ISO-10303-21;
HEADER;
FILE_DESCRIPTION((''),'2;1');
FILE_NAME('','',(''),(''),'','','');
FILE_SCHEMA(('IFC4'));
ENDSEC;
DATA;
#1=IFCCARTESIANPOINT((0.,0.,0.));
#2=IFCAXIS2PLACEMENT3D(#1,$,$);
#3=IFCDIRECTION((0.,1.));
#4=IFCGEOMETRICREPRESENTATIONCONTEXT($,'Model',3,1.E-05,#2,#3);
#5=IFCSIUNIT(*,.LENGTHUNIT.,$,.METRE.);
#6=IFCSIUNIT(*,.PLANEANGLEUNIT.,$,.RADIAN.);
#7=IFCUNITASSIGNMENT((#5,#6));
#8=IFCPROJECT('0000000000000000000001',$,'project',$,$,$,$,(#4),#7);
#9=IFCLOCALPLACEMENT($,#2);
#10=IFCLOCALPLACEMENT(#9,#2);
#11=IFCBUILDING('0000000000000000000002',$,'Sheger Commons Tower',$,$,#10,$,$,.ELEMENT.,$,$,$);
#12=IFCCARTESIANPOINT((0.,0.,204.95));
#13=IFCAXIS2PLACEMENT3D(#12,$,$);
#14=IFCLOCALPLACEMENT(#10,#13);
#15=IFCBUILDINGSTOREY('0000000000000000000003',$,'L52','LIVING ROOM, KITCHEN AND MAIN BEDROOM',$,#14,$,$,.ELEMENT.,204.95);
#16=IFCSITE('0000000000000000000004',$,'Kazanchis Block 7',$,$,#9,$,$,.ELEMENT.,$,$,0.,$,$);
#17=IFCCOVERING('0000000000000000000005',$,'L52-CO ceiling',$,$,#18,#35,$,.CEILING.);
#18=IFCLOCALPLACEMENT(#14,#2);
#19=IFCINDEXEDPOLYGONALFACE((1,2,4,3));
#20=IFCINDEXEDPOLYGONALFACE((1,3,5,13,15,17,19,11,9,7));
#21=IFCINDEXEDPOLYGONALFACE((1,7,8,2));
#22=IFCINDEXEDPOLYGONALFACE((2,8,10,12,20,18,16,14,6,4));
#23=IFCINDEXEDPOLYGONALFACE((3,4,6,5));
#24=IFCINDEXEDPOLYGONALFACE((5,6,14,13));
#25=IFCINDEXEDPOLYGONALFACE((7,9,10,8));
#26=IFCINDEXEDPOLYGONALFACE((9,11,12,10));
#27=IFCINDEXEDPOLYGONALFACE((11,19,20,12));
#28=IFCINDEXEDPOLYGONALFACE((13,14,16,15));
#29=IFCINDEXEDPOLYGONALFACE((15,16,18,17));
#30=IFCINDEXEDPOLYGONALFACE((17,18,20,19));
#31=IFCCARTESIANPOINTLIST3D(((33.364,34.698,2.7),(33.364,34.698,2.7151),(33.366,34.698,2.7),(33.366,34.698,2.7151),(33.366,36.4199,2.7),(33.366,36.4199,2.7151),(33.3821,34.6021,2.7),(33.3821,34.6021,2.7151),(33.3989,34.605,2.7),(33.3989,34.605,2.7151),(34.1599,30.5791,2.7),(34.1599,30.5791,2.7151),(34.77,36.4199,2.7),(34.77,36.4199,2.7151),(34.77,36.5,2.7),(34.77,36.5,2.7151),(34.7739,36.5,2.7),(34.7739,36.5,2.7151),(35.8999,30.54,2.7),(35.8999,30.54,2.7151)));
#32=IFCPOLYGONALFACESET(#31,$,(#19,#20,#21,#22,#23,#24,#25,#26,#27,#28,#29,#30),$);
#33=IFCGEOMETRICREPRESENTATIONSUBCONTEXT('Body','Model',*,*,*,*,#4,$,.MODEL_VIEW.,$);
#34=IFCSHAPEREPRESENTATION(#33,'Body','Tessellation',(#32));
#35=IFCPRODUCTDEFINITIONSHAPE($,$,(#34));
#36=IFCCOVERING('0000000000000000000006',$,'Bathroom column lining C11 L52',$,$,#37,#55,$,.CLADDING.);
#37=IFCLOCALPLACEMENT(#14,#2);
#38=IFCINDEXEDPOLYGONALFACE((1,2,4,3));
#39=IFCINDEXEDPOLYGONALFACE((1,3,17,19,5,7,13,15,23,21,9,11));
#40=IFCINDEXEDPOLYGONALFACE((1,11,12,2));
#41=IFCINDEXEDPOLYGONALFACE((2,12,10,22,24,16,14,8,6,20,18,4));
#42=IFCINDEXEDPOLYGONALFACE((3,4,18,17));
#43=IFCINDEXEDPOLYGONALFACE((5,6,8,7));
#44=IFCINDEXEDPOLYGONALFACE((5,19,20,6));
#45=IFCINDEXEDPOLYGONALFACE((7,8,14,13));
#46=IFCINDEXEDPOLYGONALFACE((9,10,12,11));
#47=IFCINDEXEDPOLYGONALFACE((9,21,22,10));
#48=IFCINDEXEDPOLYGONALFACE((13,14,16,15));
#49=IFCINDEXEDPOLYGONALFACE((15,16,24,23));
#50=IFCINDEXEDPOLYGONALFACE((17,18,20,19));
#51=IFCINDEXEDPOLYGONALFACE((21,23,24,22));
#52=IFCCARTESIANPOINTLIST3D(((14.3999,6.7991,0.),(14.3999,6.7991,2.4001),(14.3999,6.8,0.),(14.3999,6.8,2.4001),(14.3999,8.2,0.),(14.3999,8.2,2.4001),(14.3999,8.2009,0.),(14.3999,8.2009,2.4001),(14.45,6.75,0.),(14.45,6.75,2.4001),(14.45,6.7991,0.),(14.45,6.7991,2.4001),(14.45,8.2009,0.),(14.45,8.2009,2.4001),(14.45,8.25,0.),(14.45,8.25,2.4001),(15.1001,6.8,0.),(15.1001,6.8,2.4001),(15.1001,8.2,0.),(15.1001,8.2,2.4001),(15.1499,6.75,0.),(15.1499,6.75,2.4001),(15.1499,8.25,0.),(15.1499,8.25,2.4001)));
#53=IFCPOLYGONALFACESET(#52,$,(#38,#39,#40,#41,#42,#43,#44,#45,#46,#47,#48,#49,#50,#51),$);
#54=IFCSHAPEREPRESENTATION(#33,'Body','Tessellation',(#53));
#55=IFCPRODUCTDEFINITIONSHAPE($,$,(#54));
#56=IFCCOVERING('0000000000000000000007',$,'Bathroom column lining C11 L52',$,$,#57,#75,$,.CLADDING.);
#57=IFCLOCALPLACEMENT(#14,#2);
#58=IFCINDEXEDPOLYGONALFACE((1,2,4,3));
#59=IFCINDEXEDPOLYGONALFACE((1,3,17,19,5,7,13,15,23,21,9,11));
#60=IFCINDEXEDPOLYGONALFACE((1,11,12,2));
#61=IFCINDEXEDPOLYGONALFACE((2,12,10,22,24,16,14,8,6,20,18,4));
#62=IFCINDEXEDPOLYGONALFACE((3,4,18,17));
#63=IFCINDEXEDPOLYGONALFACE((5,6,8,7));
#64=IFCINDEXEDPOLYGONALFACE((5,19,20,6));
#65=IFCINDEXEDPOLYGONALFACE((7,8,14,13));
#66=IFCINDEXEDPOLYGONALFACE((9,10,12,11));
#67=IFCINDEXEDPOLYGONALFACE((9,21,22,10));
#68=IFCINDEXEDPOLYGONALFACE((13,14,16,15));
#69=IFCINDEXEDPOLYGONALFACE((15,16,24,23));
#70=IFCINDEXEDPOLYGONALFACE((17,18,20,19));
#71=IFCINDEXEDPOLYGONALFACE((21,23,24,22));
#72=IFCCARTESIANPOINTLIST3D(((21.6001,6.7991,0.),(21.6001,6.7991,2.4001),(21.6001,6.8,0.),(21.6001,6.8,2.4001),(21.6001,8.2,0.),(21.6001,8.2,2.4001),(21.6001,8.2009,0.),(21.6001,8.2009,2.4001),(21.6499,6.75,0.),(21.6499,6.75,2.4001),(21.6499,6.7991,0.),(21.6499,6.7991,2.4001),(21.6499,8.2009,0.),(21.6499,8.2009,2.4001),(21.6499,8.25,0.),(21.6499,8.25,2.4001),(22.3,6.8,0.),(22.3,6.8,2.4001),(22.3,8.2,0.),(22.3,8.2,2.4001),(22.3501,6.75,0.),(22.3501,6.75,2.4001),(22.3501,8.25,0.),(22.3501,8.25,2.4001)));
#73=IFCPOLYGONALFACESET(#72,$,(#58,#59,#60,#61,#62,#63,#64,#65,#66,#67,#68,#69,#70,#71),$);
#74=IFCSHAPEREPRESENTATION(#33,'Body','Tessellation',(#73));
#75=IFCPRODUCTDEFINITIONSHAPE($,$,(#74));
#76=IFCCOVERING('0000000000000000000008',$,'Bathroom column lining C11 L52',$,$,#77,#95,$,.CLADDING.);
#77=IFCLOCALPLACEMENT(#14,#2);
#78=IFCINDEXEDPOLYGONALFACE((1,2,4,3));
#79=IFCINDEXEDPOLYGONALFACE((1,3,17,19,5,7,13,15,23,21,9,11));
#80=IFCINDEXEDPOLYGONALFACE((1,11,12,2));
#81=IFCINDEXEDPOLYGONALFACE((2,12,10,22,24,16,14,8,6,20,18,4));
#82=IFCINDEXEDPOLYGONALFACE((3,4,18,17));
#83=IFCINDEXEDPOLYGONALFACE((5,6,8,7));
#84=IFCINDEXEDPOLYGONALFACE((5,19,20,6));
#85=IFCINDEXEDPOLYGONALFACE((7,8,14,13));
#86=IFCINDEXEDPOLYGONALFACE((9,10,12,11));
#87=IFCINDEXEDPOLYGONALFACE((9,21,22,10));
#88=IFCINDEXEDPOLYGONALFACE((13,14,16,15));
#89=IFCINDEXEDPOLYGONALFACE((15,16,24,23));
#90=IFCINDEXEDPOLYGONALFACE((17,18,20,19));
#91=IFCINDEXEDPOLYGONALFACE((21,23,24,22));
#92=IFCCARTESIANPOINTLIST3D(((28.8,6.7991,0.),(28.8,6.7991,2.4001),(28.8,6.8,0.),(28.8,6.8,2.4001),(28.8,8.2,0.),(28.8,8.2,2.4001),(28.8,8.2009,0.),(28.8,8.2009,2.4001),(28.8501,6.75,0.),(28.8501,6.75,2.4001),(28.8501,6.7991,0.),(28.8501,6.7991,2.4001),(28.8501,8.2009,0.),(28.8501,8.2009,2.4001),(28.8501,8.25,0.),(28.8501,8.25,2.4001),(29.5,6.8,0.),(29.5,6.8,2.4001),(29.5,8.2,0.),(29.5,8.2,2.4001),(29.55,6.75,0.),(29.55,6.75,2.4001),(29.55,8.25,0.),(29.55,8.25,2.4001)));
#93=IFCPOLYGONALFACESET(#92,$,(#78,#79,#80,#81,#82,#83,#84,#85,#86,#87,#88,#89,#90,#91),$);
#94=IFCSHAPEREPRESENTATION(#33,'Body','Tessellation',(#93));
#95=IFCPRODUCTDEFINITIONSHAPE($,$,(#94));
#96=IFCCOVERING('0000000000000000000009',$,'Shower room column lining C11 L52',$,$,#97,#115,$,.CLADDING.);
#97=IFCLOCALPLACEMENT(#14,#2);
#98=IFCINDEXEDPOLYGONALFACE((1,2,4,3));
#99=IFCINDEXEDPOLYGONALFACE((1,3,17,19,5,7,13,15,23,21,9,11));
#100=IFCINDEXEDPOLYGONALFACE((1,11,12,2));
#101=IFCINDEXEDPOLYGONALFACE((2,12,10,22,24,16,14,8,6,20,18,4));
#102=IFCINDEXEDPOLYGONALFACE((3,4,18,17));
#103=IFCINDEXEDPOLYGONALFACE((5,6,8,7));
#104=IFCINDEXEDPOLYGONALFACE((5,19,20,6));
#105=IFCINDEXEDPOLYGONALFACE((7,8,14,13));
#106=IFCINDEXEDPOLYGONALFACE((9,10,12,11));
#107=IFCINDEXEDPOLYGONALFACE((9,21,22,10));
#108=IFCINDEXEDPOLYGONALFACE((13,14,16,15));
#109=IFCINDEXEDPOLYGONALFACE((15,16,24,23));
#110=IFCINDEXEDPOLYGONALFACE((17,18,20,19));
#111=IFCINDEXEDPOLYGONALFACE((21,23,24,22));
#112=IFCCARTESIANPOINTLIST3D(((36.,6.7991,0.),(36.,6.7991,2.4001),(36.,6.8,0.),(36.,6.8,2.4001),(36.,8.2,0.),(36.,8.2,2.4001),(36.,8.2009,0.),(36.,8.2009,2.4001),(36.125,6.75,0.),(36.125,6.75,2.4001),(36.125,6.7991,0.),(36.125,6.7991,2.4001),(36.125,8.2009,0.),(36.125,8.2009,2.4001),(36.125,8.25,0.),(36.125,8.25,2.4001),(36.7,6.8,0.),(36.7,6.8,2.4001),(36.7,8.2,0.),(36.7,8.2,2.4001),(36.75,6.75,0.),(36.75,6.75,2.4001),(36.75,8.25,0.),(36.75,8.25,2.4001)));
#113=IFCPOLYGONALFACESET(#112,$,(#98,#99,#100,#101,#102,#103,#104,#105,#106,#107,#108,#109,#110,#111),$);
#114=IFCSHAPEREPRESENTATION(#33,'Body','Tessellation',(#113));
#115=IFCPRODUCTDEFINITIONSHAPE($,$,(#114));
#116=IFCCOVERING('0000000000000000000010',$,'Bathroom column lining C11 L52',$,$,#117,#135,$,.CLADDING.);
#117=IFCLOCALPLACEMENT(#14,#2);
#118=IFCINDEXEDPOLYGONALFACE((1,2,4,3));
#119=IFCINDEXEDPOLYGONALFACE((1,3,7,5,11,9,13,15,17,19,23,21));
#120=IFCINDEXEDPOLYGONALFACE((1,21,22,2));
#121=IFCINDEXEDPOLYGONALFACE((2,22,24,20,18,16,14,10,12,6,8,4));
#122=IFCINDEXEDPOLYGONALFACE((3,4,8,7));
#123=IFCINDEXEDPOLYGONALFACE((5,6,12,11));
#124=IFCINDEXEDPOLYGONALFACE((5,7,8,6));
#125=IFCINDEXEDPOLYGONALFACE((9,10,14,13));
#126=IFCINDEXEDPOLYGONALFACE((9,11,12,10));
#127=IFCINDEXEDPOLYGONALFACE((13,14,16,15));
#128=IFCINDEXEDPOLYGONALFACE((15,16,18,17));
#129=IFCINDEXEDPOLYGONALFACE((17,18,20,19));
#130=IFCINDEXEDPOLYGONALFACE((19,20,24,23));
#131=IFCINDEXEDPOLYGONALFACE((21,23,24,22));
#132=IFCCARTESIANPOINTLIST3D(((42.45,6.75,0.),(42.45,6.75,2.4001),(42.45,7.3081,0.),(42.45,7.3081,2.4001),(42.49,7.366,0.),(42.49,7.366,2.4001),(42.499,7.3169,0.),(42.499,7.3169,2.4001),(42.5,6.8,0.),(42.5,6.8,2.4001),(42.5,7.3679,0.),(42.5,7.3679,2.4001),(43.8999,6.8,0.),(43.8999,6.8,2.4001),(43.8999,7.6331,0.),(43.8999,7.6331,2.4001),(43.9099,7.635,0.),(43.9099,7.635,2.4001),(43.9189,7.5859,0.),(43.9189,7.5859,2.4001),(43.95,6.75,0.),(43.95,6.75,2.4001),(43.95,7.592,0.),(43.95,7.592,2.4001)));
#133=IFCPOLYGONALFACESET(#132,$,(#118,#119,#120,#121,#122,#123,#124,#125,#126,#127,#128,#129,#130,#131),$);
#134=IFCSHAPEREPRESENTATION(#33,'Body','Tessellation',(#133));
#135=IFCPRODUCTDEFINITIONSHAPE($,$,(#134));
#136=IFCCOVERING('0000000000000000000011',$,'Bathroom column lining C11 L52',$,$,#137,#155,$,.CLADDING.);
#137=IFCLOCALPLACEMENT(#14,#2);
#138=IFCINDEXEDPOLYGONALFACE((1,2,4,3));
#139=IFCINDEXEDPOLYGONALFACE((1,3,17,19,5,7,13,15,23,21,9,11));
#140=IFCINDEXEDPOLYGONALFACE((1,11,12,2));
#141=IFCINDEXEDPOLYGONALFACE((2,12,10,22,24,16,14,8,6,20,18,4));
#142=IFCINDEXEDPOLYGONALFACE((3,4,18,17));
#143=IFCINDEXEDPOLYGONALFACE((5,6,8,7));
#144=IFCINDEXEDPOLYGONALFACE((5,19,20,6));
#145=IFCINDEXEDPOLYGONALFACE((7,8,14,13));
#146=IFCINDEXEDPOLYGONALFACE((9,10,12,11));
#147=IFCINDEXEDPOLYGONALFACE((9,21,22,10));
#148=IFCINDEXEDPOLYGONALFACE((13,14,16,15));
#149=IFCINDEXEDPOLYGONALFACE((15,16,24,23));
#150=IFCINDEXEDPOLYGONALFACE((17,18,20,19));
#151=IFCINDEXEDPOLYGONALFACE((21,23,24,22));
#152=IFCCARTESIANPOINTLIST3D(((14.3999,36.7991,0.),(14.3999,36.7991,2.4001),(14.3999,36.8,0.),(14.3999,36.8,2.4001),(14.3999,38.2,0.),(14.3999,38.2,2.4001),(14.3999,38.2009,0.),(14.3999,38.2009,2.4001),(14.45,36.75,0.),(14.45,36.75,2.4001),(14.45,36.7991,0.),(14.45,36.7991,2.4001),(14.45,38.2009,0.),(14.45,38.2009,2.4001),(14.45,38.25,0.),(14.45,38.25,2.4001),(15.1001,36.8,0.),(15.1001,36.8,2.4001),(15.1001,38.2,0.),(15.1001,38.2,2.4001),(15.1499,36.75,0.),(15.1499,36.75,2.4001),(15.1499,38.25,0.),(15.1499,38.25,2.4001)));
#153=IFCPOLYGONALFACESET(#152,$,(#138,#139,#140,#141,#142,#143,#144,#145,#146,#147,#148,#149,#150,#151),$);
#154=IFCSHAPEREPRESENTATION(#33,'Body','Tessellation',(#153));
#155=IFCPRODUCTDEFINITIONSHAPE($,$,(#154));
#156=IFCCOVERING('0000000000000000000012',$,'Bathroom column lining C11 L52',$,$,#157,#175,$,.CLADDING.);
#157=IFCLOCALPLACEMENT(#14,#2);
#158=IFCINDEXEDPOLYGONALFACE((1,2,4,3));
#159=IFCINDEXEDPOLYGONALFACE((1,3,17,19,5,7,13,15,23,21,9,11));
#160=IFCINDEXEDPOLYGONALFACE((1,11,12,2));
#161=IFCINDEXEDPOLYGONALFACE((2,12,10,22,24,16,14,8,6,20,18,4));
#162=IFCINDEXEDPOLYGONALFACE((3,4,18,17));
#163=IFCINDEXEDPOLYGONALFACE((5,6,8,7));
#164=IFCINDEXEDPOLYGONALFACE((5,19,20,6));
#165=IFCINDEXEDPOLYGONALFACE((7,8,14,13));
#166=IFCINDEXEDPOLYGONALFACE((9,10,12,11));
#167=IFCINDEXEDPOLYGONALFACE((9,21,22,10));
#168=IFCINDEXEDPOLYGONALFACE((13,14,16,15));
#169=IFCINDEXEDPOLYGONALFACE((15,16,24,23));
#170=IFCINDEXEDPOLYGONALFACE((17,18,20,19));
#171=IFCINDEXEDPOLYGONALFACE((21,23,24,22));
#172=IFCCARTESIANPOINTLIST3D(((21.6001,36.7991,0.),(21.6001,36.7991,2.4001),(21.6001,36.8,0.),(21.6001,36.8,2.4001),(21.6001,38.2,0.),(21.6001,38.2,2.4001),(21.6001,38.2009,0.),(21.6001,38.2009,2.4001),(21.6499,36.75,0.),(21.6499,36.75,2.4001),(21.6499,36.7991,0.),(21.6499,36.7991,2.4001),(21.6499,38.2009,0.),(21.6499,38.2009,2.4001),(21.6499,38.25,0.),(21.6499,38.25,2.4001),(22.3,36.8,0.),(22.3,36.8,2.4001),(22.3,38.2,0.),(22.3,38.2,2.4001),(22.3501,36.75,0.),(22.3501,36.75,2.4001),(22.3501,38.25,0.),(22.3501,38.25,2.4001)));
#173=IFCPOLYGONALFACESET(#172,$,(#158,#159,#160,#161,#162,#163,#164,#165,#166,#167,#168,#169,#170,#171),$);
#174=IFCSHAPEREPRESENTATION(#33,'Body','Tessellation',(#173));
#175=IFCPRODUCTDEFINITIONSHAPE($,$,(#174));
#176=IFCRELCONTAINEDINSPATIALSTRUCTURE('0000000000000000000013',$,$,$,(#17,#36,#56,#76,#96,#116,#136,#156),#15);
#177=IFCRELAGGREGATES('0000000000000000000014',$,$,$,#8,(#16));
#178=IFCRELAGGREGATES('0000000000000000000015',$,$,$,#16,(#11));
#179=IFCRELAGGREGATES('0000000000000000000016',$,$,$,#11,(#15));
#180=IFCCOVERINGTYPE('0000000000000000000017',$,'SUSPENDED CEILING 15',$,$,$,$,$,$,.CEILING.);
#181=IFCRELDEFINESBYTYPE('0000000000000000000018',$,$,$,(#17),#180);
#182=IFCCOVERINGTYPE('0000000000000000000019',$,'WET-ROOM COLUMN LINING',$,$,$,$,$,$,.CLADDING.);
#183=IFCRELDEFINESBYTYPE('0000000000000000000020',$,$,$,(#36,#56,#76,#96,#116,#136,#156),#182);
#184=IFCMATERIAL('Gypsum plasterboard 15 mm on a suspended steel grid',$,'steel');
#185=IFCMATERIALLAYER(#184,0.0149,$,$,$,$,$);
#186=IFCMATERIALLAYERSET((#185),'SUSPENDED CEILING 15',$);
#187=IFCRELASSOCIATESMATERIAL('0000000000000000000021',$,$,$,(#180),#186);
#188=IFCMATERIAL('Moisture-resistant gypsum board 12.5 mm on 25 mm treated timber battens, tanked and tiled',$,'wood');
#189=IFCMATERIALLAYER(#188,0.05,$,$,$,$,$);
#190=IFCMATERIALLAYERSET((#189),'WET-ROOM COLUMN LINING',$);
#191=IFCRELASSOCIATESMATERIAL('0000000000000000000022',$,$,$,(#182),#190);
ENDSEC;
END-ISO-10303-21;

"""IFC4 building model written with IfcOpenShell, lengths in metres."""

from ifc_helpers import new_model, si_unit, direction, frame, origin, place, context, subcontext, project, spatial, polyline, outline, extrude, material, layer, layer_set, type_object, element, save


model = new_model("IFC4")

# Units and contexts
model_context = context("Model", 3, precision=1e-05, world=origin(), true_north=direction((0.0, 1.0)))
body_context = subcontext(model_context, "Body", "Model", "MODEL_VIEW")
ifc_project = project(units=[si_unit("LENGTHUNIT", "METRE"), si_unit("PLANEANGLEUNIT", "RADIAN")], contexts=[model_context])

# Site, building, storey
site_placement = place(None, origin())
site = spatial("IfcSite", under=ifc_project, at=site_placement, Name="Kazanchis Block 7", CompositionType="ELEMENT", RefElevation=0.0)
building_placement = place(site_placement, origin())
building = spatial("IfcBuilding", under=site, at=building_placement, Name="Sheger Commons Tower", CompositionType="ELEMENT")
storey_placement = place(building_placement, frame((0.0, 0.0, 204.95)))
storey = spatial("IfcBuildingStorey", under=building, at=storey_placement, Name="L52", Description="LIVING ROOM, KITCHEN AND MAIN BEDROOM", CompositionType="ELEMENT", Elevation=204.95)

# Coverings
ifc_material_1 = material(Name="Gypsum plasterboard 15 mm on a suspended steel grid", Category="steel")
ifc_layer_1 = layer(ifc_material_1, 0.0149)
ifc_layer_set_1 = layer_set([ifc_layer_1], Name="SUSPENDED CEILING 15")
covering_type_1 = type_object("IfcCoveringType", Name="SUSPENDED CEILING 15", PredefinedType="CEILING", material=ifc_layer_set_1)
covering_1_placement = place(storey_placement, frame((0.0, 0.0, 2.7)))
element("IfcCovering", 1, at=covering_1_placement, inside=storey, type_object=covering_type_1, Name="L52-CO ceiling", PredefinedType="CEILING", context=body_context, shape_type="SweptSolid", body=[
    extrude(outline(polyline([(35.8999, 30.54), (34.7739, 36.5), (34.77, 36.5), (34.77, 36.4199), (33.366, 36.4199), (33.366, 34.698), (33.364, 34.698), (33.3821, 34.6021), (33.3989, 34.605), (34.1599, 30.5791), (35.8999, 30.54)])), origin(), (0.0, 0.0, 1.0), 0.0151),
])
ifc_material_2 = material(Name="Moisture-resistant gypsum board 12.5 mm on 25 mm treated timber battens, tanked and tiled", Category="wood")
ifc_layer_2 = layer(ifc_material_2, 0.05)
ifc_layer_set_2 = layer_set([ifc_layer_2], Name="WET-ROOM COLUMN LINING")
covering_type_2 = type_object("IfcCoveringType", Name="WET-ROOM COLUMN LINING", PredefinedType="CLADDING", material=ifc_layer_set_2)
covering_2_placement = place(storey_placement, origin())
element("IfcCovering", 2, at=covering_2_placement, inside=storey, type_object=covering_type_2, Name="Bathroom column lining C11 L52", PredefinedType="CLADDING", context=body_context, shape_type="SweptSolid", body=[
    extrude(outline(polyline([(15.1499, 6.75), (14.45, 6.75), (14.45, 6.7991), (14.3999, 6.7991), (14.3999, 6.8), (15.1001, 6.8), (15.1001, 8.2), (14.3999, 8.2), (14.3999, 8.2009), (14.45, 8.2009), (14.45, 8.25), (15.1499, 8.25), (15.1499, 6.75)])), origin(), (0.0, 0.0, 1.0), 2.4001),
])
covering_3_placement = place(storey_placement, origin())
element("IfcCovering", 3, at=covering_3_placement, inside=storey, type_object=covering_type_2, Name="Bathroom column lining C11 L52", PredefinedType="CLADDING", context=body_context, shape_type="SweptSolid", body=[
    extrude(outline(polyline([(22.3501, 6.75), (21.6499, 6.75), (21.6499, 6.7991), (21.6001, 6.7991), (21.6001, 6.8), (22.3, 6.8), (22.3, 8.2), (21.6001, 8.2), (21.6001, 8.2009), (21.6499, 8.2009), (21.6499, 8.25), (22.3501, 8.25), (22.3501, 6.75)])), origin(), (0.0, 0.0, 1.0), 2.4001),
])
covering_4_placement = place(storey_placement, origin())
element("IfcCovering", 4, at=covering_4_placement, inside=storey, type_object=covering_type_2, Name="Bathroom column lining C11 L52", PredefinedType="CLADDING", context=body_context, shape_type="SweptSolid", body=[
    extrude(outline(polyline([(29.55, 6.75), (28.8501, 6.75), (28.8501, 6.7991), (28.8, 6.7991), (28.8, 6.8), (29.5, 6.8), (29.5, 8.2), (28.8, 8.2), (28.8, 8.2009), (28.8501, 8.2009), (28.8501, 8.25), (29.55, 8.25), (29.55, 6.75)])), origin(), (0.0, 0.0, 1.0), 2.4001),
])
covering_5_placement = place(storey_placement, origin())
element("IfcCovering", 5, at=covering_5_placement, inside=storey, type_object=covering_type_2, Name="Shower room column lining C11 L52", PredefinedType="CLADDING", context=body_context, shape_type="SweptSolid", body=[
    extrude(outline(polyline([(36.75, 6.75), (36.125, 6.75), (36.125, 6.7991), (36.0, 6.7991), (36.0, 6.8), (36.7, 6.8), (36.7, 8.2), (36.0, 8.2), (36.0, 8.2009), (36.125, 8.2009), (36.125, 8.25), (36.75, 8.25), (36.75, 6.75)])), origin(), (0.0, 0.0, 1.0), 2.4001),
])
covering_6_placement = place(storey_placement, origin())
element("IfcCovering", 6, at=covering_6_placement, inside=storey, type_object=covering_type_2, Name="Bathroom column lining C11 L52", PredefinedType="CLADDING", context=body_context, shape_type="SweptSolid", body=[
    extrude(outline(polyline([(42.5, 7.3679), (42.5, 6.8), (43.8999, 6.8), (43.8999, 7.6331), (43.9099, 7.635), (43.9189, 7.5859), (43.95, 7.592), (43.95, 6.75), (42.45, 6.75), (42.45, 7.3081), (42.499, 7.3169), (42.49, 7.366), (42.5, 7.3679)])), origin(), (0.0, 0.0, 1.0), 2.4001),
])
covering_7_placement = place(storey_placement, origin())
element("IfcCovering", 7, at=covering_7_placement, inside=storey, type_object=covering_type_2, Name="Bathroom column lining C11 L52", PredefinedType="CLADDING", context=body_context, shape_type="SweptSolid", body=[
    extrude(outline(polyline([(15.1499, 36.75), (14.45, 36.75), (14.45, 36.7991), (14.3999, 36.7991), (14.3999, 36.8), (15.1001, 36.8), (15.1001, 38.2), (14.3999, 38.2), (14.3999, 38.2009), (14.45, 38.2009), (14.45, 38.25), (15.1499, 38.25), (15.1499, 36.75)])), origin(), (0.0, 0.0, 1.0), 2.4001),
])
covering_8_placement = place(storey_placement, origin())
element("IfcCovering", 8, at=covering_8_placement, inside=storey, type_object=covering_type_2, Name="Bathroom column lining C11 L52", PredefinedType="CLADDING", context=body_context, shape_type="SweptSolid", body=[
    extrude(outline(polyline([(22.3501, 36.75), (21.6499, 36.75), (21.6499, 36.7991), (21.6001, 36.7991), (21.6001, 36.8), (22.3, 36.8), (22.3, 38.2), (21.6001, 38.2), (21.6001, 38.2009), (21.6499, 38.2009), (21.6499, 38.25), (22.3501, 38.25), (22.3501, 36.75)])), origin(), (0.0, 0.0, 1.0), 2.4001),
])

save(model, "model.ifc")
